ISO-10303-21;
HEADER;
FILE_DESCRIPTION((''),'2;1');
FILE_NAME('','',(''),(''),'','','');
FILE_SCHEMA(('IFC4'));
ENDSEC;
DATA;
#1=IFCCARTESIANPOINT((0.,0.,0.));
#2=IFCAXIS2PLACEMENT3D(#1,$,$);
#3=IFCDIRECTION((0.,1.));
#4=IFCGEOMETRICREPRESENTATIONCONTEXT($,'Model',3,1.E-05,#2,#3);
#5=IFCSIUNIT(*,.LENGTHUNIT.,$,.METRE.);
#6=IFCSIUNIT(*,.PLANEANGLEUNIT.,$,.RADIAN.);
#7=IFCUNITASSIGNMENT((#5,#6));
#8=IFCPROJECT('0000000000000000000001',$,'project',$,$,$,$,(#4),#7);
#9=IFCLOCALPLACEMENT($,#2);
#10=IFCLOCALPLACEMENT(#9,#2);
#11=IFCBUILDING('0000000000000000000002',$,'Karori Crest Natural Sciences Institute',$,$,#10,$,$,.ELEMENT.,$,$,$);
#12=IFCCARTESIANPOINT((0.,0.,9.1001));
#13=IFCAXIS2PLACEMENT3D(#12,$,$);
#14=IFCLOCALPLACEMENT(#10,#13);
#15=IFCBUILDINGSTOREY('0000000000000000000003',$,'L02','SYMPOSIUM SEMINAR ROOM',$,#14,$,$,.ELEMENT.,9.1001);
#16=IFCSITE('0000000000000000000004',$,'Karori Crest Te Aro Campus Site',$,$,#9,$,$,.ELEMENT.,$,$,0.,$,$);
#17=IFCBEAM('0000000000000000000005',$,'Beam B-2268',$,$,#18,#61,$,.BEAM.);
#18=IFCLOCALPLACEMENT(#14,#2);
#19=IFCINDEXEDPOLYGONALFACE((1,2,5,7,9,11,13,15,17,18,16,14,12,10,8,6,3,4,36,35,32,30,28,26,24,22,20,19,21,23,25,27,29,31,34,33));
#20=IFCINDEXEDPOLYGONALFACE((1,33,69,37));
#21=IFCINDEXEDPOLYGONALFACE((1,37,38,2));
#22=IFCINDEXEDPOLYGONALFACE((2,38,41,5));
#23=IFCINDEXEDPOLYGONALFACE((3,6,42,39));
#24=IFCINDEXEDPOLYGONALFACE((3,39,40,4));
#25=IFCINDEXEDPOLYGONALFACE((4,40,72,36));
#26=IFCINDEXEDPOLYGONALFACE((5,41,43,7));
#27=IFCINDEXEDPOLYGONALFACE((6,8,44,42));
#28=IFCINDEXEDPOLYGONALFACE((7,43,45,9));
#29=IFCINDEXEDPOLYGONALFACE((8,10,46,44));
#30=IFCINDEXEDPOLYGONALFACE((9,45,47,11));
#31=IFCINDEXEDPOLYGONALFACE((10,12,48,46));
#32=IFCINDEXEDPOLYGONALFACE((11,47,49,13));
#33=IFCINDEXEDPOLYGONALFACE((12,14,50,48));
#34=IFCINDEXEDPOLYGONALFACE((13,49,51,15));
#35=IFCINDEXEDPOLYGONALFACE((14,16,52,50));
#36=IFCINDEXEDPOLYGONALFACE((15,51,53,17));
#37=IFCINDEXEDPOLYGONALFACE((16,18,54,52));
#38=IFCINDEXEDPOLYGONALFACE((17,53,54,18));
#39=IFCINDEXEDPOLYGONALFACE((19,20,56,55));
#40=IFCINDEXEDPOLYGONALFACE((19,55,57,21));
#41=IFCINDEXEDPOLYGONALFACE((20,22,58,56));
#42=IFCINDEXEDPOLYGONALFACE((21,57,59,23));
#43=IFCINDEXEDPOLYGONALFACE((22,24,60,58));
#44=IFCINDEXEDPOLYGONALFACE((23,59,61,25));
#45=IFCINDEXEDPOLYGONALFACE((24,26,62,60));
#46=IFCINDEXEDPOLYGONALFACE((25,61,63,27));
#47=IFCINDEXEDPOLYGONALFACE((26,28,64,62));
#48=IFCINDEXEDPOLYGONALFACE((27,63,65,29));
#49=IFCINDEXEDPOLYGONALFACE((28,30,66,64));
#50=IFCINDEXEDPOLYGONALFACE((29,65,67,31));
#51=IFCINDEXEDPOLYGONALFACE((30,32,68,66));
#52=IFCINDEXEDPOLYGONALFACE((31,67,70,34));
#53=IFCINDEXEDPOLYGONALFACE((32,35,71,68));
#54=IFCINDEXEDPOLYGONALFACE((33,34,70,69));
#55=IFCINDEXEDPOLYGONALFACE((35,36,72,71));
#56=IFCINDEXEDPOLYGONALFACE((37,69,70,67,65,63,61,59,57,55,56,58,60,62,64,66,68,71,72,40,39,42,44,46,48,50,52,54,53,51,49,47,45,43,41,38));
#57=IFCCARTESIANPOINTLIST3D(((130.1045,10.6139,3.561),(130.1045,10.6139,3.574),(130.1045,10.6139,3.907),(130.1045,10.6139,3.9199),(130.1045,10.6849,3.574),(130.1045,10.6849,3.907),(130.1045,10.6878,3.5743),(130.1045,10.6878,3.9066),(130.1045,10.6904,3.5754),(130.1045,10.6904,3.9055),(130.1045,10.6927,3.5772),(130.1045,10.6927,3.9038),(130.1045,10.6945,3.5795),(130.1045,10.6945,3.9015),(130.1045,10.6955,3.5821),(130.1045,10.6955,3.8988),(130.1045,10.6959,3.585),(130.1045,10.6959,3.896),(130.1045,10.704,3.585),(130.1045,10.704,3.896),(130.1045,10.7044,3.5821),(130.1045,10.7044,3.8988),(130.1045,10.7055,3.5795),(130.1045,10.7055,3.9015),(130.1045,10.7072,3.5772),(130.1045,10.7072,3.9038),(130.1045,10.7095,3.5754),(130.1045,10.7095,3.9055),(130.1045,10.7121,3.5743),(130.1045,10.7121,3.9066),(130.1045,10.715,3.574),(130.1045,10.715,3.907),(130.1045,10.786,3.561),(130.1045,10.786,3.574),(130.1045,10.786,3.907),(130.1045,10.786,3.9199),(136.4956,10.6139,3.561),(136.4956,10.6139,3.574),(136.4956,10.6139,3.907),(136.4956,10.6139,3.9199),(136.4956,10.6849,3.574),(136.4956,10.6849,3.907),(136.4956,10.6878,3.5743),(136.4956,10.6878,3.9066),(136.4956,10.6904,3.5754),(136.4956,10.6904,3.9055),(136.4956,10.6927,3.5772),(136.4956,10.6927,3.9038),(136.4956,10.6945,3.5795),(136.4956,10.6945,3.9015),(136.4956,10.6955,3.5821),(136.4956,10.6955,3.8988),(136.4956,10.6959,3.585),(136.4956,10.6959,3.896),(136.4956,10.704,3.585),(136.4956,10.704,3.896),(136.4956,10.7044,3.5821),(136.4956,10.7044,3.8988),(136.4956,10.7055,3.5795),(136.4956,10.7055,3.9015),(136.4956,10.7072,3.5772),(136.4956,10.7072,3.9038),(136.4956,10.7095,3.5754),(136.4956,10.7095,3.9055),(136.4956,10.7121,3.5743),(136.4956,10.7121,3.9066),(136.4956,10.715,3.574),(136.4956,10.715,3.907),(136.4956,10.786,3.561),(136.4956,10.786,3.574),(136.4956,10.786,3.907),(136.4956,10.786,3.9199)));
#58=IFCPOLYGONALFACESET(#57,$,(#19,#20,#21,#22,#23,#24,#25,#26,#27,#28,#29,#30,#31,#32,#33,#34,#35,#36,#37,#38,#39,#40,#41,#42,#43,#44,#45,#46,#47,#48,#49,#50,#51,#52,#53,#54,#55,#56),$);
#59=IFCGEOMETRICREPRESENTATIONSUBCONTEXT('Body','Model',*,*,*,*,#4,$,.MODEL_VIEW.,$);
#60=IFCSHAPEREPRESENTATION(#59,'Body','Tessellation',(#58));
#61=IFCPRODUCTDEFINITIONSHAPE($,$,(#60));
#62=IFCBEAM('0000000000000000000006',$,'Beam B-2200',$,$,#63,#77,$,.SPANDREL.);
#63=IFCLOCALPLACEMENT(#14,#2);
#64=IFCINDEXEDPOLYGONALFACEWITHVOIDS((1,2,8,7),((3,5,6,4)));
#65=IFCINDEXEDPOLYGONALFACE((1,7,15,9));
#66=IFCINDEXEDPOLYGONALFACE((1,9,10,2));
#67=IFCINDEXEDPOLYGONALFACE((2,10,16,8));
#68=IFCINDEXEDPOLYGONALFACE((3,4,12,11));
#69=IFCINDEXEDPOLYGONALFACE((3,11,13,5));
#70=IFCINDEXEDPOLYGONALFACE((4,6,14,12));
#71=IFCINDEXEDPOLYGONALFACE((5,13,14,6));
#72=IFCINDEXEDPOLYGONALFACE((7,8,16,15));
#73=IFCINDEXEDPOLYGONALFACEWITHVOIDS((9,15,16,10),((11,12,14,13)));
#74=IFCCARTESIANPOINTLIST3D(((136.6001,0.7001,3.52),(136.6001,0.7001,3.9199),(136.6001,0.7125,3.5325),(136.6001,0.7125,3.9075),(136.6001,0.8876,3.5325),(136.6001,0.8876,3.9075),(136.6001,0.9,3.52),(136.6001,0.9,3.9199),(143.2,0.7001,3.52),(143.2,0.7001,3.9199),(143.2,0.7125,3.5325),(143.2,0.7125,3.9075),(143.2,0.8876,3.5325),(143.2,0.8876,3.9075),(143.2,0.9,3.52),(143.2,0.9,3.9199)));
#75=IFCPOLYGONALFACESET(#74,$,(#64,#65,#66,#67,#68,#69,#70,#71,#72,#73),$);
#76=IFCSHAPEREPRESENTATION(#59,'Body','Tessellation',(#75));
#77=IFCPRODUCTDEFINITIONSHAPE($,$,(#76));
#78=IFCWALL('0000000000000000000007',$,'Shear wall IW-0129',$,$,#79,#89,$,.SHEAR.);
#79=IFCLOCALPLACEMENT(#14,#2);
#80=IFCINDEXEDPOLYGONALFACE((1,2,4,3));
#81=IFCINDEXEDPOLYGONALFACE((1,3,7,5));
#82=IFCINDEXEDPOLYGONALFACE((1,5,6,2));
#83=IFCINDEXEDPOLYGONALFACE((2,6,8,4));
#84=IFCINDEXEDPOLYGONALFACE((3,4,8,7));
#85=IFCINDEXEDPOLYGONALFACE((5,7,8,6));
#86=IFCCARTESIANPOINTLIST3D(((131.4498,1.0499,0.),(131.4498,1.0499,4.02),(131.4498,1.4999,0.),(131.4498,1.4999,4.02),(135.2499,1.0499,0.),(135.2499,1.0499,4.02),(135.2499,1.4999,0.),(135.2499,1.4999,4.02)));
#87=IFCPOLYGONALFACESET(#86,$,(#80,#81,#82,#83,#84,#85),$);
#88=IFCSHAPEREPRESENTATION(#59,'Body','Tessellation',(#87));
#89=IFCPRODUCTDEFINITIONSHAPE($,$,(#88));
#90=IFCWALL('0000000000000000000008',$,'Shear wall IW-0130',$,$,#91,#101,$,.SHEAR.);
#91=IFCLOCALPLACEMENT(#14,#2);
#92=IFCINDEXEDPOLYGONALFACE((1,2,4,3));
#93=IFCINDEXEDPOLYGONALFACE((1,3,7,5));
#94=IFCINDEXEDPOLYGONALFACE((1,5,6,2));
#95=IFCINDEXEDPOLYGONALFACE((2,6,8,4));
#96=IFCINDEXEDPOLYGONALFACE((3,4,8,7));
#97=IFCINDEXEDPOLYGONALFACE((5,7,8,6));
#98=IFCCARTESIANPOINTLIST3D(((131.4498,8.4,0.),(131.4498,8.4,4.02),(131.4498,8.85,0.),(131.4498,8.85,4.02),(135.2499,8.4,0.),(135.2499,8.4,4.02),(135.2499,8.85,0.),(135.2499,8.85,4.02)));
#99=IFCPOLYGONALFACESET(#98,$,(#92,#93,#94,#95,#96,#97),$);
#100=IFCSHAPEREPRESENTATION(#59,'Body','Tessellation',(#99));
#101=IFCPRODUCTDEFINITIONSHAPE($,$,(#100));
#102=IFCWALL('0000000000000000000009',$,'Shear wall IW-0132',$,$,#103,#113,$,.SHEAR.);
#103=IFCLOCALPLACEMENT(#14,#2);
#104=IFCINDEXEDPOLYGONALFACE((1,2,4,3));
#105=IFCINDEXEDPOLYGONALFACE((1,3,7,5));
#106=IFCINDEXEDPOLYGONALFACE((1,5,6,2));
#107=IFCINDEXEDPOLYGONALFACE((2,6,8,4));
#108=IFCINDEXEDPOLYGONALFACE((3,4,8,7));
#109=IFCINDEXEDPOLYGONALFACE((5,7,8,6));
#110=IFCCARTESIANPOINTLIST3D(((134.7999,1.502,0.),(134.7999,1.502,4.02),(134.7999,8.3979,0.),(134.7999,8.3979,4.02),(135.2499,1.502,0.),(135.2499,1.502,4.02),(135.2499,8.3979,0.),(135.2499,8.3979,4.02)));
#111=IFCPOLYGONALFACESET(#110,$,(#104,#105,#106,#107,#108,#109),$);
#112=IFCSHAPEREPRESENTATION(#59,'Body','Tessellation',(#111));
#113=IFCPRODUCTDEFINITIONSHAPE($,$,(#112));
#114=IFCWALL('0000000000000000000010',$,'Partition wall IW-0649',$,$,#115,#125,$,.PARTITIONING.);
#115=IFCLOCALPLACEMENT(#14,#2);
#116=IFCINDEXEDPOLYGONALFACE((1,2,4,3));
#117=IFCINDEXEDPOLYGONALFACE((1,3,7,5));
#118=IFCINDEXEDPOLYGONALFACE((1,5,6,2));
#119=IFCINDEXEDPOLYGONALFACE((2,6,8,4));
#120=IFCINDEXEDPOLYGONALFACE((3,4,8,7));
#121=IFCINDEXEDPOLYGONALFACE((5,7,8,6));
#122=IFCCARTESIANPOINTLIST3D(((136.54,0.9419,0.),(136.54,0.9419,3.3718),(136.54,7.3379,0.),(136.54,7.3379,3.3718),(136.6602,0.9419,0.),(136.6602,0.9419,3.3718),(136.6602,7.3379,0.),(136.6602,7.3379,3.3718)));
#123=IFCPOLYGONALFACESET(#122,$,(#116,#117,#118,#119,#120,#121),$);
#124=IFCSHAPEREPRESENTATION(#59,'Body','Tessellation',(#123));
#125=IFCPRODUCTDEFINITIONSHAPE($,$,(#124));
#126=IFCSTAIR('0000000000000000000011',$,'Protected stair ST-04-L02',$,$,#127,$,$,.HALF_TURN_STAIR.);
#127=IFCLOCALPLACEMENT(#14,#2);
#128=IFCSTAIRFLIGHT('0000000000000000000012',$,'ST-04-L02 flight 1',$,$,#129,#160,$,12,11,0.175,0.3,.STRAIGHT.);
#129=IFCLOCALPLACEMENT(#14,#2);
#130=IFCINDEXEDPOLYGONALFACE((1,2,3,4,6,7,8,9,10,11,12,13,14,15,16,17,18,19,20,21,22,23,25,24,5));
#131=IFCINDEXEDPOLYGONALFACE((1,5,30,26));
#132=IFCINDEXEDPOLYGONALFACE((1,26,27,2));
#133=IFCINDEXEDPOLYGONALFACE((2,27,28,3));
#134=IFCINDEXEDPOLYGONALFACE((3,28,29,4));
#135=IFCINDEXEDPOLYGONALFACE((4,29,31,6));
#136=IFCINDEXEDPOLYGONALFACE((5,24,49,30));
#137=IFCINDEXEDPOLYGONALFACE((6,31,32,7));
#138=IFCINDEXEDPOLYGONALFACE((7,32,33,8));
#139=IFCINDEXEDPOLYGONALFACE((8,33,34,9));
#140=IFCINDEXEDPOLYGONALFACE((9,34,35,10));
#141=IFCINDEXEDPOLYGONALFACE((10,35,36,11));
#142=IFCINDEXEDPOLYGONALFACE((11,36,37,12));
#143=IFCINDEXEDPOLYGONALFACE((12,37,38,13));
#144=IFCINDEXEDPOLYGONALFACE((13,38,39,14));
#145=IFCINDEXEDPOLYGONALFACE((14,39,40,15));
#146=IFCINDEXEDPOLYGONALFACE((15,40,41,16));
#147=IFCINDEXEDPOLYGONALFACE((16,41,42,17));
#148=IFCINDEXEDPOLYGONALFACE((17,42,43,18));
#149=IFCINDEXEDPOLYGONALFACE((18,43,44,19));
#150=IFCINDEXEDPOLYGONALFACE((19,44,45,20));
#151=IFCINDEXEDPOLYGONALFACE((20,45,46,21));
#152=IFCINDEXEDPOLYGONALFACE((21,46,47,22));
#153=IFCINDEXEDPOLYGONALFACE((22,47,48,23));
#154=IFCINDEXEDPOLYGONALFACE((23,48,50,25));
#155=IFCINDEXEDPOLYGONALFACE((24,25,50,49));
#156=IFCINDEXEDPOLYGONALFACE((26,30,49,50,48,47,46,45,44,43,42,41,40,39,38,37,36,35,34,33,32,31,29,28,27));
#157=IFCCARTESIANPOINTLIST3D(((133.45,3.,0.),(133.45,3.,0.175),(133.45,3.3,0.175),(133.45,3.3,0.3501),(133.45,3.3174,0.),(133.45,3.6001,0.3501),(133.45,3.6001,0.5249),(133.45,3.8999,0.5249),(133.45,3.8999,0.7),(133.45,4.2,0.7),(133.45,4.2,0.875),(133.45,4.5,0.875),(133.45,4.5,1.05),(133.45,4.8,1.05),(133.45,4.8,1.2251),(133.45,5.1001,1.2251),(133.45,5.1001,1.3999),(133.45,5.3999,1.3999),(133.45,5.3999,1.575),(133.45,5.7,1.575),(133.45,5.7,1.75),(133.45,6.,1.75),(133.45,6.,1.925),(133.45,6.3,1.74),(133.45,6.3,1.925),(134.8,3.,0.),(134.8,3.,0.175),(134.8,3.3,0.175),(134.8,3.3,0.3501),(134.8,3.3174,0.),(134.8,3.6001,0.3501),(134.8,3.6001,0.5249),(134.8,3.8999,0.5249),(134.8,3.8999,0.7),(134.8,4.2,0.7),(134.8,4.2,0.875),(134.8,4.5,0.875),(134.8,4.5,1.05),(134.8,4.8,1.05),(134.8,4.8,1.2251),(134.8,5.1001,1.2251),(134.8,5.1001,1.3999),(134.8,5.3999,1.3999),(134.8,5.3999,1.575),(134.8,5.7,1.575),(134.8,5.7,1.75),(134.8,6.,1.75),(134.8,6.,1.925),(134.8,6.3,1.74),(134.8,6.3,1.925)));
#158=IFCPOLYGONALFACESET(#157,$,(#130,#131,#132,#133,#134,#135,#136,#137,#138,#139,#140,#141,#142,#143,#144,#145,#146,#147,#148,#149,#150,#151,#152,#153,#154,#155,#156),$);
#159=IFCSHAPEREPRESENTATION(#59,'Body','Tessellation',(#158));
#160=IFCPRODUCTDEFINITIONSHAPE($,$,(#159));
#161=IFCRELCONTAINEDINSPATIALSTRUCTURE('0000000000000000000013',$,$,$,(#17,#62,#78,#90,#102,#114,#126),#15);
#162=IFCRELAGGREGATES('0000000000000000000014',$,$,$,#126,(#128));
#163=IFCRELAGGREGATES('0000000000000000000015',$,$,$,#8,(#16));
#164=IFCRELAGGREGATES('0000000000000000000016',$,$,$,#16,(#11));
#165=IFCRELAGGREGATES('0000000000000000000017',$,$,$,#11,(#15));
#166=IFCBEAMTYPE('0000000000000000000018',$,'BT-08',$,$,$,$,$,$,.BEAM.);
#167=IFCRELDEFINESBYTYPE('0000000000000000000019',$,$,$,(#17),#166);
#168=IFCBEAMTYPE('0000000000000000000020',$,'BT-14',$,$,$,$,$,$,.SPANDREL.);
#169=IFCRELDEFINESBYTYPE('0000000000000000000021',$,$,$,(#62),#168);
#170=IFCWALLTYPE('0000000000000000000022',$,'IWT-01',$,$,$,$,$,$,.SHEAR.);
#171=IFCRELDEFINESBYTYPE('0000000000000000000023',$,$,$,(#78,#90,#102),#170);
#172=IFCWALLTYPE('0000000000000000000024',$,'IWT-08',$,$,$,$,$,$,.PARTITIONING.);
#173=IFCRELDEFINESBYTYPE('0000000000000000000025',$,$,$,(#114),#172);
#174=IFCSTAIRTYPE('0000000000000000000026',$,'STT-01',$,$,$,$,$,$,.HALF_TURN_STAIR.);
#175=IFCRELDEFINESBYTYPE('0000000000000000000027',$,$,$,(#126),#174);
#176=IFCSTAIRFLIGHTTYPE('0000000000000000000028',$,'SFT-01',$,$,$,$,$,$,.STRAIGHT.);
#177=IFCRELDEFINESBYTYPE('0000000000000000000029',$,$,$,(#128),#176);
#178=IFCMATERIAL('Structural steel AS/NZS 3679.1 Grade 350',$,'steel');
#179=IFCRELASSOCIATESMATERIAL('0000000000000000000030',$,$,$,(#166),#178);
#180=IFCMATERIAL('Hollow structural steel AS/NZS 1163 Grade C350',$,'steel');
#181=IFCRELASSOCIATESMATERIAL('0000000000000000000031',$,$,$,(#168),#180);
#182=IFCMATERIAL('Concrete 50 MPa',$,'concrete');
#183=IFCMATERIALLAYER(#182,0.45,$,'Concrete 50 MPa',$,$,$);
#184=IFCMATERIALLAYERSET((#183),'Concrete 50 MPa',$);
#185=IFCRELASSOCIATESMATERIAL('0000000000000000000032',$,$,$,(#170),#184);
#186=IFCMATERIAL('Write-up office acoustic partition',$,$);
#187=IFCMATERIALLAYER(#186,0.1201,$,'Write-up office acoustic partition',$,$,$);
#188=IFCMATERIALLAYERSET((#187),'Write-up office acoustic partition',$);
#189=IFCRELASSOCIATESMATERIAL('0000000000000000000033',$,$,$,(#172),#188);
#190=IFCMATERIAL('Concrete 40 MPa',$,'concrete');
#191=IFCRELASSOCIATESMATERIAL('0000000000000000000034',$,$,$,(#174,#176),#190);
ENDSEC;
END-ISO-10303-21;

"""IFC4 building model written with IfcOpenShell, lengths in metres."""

from ifc_helpers import new_model, si_unit, direction, frame, frame_2d, origin, origin_2d, place, context, subcontext, project, spatial, polyline, rectangle, hollow_rectangle, i_section, outline, extrude, material, layer, layer_set, material_profile, profile_set, type_object, element, aggregate, save


model = new_model("IFC4")

# Units and contexts
model_context = context("Model", 3, precision=1e-05, world=origin(), true_north=direction((0.0, 1.0)))
body_context = subcontext(model_context, "Body", "Model", "MODEL_VIEW")
ifc_project = project(units=[si_unit("LENGTHUNIT", "METRE"), si_unit("PLANEANGLEUNIT", "RADIAN")], contexts=[model_context])

# Site, building, storey
site_placement = place(None, origin())
site = spatial("IfcSite", under=ifc_project, at=site_placement, Name="Karori Crest Te Aro Campus Site", CompositionType="ELEMENT", RefElevation=0.0)
building_placement = place(site_placement, origin())
building = spatial("IfcBuilding", under=site, at=building_placement, Name="Karori Crest Natural Sciences Institute", CompositionType="ELEMENT")
storey_placement = place(building_placement, frame((0.0, 0.0, 9.1001)))
storey = spatial("IfcBuildingStorey", under=building, at=storey_placement, Name="L02", Description="SYMPOSIUM SEMINAR ROOM", CompositionType="ELEMENT", Elevation=9.1001)

# Shared definitions
ifc_material_1 = material(Name="Structural steel AS/NZS 3679.1 Grade 350", Category="steel")

# Beams
ifc_material_profile_1 = material_profile(ifc_material_1, i_section(OverallWidth=0.1721, OverallDepth=0.3589, WebThickness=0.0081, FlangeThickness=0.0129, FilletRadius=0.011, at=origin_2d()), Name="360UB56.7")
ifc_profile_set_1 = profile_set([ifc_material_profile_1], Name="Structural steel AS/NZS 3679.1 Grade 350")
beam_type_1 = type_object("IfcBeamType", Name="BT-08", PredefinedType="BEAM", material=ifc_profile_set_1)
beam_1_placement = place(storey_placement, frame((130.1045, 10.7, 3.7405), z_axis=(1.0, 0.0, 0.0), x_axis=(0.0, 1.0, 0.0)))
element("IfcBeam", 1, at=beam_1_placement, inside=storey, type_object=beam_type_1, Name="Beam B-2268", PredefinedType="BEAM", context=body_context, shape_type="SweptSolid", body=[
    extrude(i_section(OverallWidth=0.1721, OverallDepth=0.3589, WebThickness=0.0081, FlangeThickness=0.0129, FilletRadius=0.011, at=origin_2d()), origin(), (0.0, 0.0, 1.0), 6.3911),
])
ifc_material_2 = material(Name="Hollow structural steel AS/NZS 1163 Grade C350", Category="steel")
ifc_material_profile_2 = material_profile(ifc_material_2, hollow_rectangle(XDim=0.2, YDim=0.3999, WallThickness=0.0125, at=origin_2d()), Name="RHS400x200x12.5")
ifc_profile_set_2 = profile_set([ifc_material_profile_2], Name="Hollow structural steel AS/NZS 1163 Grade C350")
beam_type_2 = type_object("IfcBeamType", Name="BT-14", PredefinedType="SPANDREL", material=ifc_profile_set_2)
beam_2_placement = place(storey_placement, frame((136.6001, 0.8, 3.72), z_axis=(1.0, 0.0, 0.0), x_axis=(0.0, 1.0, 0.0)))
element("IfcBeam", 2, at=beam_2_placement, inside=storey, type_object=beam_type_2, Name="Beam B-2200", PredefinedType="SPANDREL", context=body_context, shape_type="SweptSolid", body=[
    extrude(hollow_rectangle(XDim=0.2, YDim=0.3999, WallThickness=0.0125, at=origin_2d()), origin(), (0.0, 0.0, 1.0), 6.5999),
])

# Walls
ifc_material_3 = material(Name="Concrete 50 MPa", Category="concrete")
ifc_layer_1 = layer(ifc_material_3, 0.45, Name="Concrete 50 MPa")
ifc_layer_set_1 = layer_set([ifc_layer_1], Name="Concrete 50 MPa")
wall_type_1 = type_object("IfcWallType", Name="IWT-01", PredefinedType="SHEAR", material=ifc_layer_set_1)
for number, where, z_axis, x_axis, name in (
    (3, (131.45, 1.2749, 0.0), (0.0, 0.0, 1.0), (1.0, 0.0, 0.0), "Shear wall IW-0129"),
    (4, (131.45, 8.625, 0.0), (0.0, 0.0, 1.0), (1.0, 0.0, 0.0), "Shear wall IW-0130"),
):
    element("IfcWall", number, at=place(storey_placement, frame(where, z_axis=z_axis, x_axis=x_axis)), inside=storey, type_object=wall_type_1, Name=name, PredefinedType="SHEAR", context=body_context, shape_type="SweptSolid", body=[
        extrude(rectangle(XDim=3.8, YDim=0.45, at=frame_2d((1.8999, 0.0))), origin(), (0.0, 0.0, 1.0), 4.02),
    ])

# Walls
wall_1_placement = place(storey_placement, frame((135.0249, 1.502, 0.0), z_axis=(0.0, 0.0, 1.0), x_axis=(0.0, 1.0, 0.0)))
element("IfcWall", 5, at=wall_1_placement, inside=storey, type_object=wall_type_1, Name="Shear wall IW-0132", PredefinedType="SHEAR", context=body_context, shape_type="SweptSolid", body=[
    extrude(rectangle(XDim=6.896, YDim=0.45, at=frame_2d((3.448, 0.0))), origin(), (0.0, 0.0, 1.0), 4.02),
])
ifc_material_4 = material(Name="Write-up office acoustic partition")
ifc_layer_2 = layer(ifc_material_4, 0.1201, Name="Write-up office acoustic partition")
ifc_layer_set_2 = layer_set([ifc_layer_2], Name="Write-up office acoustic partition")
wall_type_2 = type_object("IfcWallType", Name="IWT-08", PredefinedType="PARTITIONING", material=ifc_layer_set_2)
wall_2_placement = place(storey_placement, frame((136.6001, 0.9419, 0.0), z_axis=(0.0, 0.0, 1.0), x_axis=(0.0, 1.0, 0.0)))
element("IfcWall", 6, at=wall_2_placement, inside=storey, type_object=wall_type_2, Name="Partition wall IW-0649", PredefinedType="PARTITIONING", context=body_context, shape_type="SweptSolid", body=[
    extrude(rectangle(XDim=6.396, YDim=0.1201, at=frame_2d((3.198, 0.0))), origin(), (0.0, 0.0, 1.0), 3.3718),
])

# Stair, stair flight
ifc_material_5 = material(Name="Concrete 40 MPa", Category="concrete")
stair_type = type_object("IfcStairType", Name="STT-01", PredefinedType="HALF_TURN_STAIR", material=ifc_material_5)
stair_placement = place(storey_placement, origin())
stair = element("IfcStair", 7, at=stair_placement, inside=storey, type_object=stair_type, Name="Protected stair ST-04-L02", PredefinedType="HALF_TURN_STAIR")
stair_flight_type = type_object("IfcStairFlightType", Name="SFT-01", PredefinedType="STRAIGHT", material=ifc_material_5)
stair_flight_1_placement = place(storey_placement, frame((134.125, 3.0, 0.0), z_axis=(0.0, 0.0, 1.0), x_axis=(0.0, 1.0, 0.0)))
stair_flight_1 = element("IfcStairFlight", 8, at=stair_flight_1_placement, type_object=stair_flight_type, Name="ST-04-L02 flight 1", NumberOfRisers=12, NumberOfTreads=11, PredefinedType="STRAIGHT", RiserHeight=0.175, TreadLength=0.3, context=body_context, shape_type="SweptSolid", body=[
    extrude(outline(polyline([(0.0, 0.0), (0.0, 0.175), (0.3, 0.175), (0.3, 0.3501), (0.6001, 0.3501), (0.6001, 0.5249), (0.8999, 0.5249), (0.8999, 0.7), (1.2, 0.7), (1.2, 0.875), (1.5, 0.875), (1.5, 1.05), (1.8, 1.05), (1.8, 1.2251), (2.1001, 1.2251), (2.1001, 1.3999), (2.3999, 1.3999), (2.3999, 1.575), (2.7, 1.575), (2.7, 1.75), (3.0, 1.75), (3.0, 1.925), (3.3, 1.925), (3.3, 2.1001), (3.3, 1.74), (0.3174, 0.0), (0.0, 0.0)])), frame((0.0, 0.675, 0.0), z_axis=(0.0, -1.0, 0.0), x_axis=(1.0, 0.0, 0.0)), (0.0, 0.0, 1.0), 1.3501),
])
aggregate(stair, [stair_flight_1])

save(model, "model.ifc")
